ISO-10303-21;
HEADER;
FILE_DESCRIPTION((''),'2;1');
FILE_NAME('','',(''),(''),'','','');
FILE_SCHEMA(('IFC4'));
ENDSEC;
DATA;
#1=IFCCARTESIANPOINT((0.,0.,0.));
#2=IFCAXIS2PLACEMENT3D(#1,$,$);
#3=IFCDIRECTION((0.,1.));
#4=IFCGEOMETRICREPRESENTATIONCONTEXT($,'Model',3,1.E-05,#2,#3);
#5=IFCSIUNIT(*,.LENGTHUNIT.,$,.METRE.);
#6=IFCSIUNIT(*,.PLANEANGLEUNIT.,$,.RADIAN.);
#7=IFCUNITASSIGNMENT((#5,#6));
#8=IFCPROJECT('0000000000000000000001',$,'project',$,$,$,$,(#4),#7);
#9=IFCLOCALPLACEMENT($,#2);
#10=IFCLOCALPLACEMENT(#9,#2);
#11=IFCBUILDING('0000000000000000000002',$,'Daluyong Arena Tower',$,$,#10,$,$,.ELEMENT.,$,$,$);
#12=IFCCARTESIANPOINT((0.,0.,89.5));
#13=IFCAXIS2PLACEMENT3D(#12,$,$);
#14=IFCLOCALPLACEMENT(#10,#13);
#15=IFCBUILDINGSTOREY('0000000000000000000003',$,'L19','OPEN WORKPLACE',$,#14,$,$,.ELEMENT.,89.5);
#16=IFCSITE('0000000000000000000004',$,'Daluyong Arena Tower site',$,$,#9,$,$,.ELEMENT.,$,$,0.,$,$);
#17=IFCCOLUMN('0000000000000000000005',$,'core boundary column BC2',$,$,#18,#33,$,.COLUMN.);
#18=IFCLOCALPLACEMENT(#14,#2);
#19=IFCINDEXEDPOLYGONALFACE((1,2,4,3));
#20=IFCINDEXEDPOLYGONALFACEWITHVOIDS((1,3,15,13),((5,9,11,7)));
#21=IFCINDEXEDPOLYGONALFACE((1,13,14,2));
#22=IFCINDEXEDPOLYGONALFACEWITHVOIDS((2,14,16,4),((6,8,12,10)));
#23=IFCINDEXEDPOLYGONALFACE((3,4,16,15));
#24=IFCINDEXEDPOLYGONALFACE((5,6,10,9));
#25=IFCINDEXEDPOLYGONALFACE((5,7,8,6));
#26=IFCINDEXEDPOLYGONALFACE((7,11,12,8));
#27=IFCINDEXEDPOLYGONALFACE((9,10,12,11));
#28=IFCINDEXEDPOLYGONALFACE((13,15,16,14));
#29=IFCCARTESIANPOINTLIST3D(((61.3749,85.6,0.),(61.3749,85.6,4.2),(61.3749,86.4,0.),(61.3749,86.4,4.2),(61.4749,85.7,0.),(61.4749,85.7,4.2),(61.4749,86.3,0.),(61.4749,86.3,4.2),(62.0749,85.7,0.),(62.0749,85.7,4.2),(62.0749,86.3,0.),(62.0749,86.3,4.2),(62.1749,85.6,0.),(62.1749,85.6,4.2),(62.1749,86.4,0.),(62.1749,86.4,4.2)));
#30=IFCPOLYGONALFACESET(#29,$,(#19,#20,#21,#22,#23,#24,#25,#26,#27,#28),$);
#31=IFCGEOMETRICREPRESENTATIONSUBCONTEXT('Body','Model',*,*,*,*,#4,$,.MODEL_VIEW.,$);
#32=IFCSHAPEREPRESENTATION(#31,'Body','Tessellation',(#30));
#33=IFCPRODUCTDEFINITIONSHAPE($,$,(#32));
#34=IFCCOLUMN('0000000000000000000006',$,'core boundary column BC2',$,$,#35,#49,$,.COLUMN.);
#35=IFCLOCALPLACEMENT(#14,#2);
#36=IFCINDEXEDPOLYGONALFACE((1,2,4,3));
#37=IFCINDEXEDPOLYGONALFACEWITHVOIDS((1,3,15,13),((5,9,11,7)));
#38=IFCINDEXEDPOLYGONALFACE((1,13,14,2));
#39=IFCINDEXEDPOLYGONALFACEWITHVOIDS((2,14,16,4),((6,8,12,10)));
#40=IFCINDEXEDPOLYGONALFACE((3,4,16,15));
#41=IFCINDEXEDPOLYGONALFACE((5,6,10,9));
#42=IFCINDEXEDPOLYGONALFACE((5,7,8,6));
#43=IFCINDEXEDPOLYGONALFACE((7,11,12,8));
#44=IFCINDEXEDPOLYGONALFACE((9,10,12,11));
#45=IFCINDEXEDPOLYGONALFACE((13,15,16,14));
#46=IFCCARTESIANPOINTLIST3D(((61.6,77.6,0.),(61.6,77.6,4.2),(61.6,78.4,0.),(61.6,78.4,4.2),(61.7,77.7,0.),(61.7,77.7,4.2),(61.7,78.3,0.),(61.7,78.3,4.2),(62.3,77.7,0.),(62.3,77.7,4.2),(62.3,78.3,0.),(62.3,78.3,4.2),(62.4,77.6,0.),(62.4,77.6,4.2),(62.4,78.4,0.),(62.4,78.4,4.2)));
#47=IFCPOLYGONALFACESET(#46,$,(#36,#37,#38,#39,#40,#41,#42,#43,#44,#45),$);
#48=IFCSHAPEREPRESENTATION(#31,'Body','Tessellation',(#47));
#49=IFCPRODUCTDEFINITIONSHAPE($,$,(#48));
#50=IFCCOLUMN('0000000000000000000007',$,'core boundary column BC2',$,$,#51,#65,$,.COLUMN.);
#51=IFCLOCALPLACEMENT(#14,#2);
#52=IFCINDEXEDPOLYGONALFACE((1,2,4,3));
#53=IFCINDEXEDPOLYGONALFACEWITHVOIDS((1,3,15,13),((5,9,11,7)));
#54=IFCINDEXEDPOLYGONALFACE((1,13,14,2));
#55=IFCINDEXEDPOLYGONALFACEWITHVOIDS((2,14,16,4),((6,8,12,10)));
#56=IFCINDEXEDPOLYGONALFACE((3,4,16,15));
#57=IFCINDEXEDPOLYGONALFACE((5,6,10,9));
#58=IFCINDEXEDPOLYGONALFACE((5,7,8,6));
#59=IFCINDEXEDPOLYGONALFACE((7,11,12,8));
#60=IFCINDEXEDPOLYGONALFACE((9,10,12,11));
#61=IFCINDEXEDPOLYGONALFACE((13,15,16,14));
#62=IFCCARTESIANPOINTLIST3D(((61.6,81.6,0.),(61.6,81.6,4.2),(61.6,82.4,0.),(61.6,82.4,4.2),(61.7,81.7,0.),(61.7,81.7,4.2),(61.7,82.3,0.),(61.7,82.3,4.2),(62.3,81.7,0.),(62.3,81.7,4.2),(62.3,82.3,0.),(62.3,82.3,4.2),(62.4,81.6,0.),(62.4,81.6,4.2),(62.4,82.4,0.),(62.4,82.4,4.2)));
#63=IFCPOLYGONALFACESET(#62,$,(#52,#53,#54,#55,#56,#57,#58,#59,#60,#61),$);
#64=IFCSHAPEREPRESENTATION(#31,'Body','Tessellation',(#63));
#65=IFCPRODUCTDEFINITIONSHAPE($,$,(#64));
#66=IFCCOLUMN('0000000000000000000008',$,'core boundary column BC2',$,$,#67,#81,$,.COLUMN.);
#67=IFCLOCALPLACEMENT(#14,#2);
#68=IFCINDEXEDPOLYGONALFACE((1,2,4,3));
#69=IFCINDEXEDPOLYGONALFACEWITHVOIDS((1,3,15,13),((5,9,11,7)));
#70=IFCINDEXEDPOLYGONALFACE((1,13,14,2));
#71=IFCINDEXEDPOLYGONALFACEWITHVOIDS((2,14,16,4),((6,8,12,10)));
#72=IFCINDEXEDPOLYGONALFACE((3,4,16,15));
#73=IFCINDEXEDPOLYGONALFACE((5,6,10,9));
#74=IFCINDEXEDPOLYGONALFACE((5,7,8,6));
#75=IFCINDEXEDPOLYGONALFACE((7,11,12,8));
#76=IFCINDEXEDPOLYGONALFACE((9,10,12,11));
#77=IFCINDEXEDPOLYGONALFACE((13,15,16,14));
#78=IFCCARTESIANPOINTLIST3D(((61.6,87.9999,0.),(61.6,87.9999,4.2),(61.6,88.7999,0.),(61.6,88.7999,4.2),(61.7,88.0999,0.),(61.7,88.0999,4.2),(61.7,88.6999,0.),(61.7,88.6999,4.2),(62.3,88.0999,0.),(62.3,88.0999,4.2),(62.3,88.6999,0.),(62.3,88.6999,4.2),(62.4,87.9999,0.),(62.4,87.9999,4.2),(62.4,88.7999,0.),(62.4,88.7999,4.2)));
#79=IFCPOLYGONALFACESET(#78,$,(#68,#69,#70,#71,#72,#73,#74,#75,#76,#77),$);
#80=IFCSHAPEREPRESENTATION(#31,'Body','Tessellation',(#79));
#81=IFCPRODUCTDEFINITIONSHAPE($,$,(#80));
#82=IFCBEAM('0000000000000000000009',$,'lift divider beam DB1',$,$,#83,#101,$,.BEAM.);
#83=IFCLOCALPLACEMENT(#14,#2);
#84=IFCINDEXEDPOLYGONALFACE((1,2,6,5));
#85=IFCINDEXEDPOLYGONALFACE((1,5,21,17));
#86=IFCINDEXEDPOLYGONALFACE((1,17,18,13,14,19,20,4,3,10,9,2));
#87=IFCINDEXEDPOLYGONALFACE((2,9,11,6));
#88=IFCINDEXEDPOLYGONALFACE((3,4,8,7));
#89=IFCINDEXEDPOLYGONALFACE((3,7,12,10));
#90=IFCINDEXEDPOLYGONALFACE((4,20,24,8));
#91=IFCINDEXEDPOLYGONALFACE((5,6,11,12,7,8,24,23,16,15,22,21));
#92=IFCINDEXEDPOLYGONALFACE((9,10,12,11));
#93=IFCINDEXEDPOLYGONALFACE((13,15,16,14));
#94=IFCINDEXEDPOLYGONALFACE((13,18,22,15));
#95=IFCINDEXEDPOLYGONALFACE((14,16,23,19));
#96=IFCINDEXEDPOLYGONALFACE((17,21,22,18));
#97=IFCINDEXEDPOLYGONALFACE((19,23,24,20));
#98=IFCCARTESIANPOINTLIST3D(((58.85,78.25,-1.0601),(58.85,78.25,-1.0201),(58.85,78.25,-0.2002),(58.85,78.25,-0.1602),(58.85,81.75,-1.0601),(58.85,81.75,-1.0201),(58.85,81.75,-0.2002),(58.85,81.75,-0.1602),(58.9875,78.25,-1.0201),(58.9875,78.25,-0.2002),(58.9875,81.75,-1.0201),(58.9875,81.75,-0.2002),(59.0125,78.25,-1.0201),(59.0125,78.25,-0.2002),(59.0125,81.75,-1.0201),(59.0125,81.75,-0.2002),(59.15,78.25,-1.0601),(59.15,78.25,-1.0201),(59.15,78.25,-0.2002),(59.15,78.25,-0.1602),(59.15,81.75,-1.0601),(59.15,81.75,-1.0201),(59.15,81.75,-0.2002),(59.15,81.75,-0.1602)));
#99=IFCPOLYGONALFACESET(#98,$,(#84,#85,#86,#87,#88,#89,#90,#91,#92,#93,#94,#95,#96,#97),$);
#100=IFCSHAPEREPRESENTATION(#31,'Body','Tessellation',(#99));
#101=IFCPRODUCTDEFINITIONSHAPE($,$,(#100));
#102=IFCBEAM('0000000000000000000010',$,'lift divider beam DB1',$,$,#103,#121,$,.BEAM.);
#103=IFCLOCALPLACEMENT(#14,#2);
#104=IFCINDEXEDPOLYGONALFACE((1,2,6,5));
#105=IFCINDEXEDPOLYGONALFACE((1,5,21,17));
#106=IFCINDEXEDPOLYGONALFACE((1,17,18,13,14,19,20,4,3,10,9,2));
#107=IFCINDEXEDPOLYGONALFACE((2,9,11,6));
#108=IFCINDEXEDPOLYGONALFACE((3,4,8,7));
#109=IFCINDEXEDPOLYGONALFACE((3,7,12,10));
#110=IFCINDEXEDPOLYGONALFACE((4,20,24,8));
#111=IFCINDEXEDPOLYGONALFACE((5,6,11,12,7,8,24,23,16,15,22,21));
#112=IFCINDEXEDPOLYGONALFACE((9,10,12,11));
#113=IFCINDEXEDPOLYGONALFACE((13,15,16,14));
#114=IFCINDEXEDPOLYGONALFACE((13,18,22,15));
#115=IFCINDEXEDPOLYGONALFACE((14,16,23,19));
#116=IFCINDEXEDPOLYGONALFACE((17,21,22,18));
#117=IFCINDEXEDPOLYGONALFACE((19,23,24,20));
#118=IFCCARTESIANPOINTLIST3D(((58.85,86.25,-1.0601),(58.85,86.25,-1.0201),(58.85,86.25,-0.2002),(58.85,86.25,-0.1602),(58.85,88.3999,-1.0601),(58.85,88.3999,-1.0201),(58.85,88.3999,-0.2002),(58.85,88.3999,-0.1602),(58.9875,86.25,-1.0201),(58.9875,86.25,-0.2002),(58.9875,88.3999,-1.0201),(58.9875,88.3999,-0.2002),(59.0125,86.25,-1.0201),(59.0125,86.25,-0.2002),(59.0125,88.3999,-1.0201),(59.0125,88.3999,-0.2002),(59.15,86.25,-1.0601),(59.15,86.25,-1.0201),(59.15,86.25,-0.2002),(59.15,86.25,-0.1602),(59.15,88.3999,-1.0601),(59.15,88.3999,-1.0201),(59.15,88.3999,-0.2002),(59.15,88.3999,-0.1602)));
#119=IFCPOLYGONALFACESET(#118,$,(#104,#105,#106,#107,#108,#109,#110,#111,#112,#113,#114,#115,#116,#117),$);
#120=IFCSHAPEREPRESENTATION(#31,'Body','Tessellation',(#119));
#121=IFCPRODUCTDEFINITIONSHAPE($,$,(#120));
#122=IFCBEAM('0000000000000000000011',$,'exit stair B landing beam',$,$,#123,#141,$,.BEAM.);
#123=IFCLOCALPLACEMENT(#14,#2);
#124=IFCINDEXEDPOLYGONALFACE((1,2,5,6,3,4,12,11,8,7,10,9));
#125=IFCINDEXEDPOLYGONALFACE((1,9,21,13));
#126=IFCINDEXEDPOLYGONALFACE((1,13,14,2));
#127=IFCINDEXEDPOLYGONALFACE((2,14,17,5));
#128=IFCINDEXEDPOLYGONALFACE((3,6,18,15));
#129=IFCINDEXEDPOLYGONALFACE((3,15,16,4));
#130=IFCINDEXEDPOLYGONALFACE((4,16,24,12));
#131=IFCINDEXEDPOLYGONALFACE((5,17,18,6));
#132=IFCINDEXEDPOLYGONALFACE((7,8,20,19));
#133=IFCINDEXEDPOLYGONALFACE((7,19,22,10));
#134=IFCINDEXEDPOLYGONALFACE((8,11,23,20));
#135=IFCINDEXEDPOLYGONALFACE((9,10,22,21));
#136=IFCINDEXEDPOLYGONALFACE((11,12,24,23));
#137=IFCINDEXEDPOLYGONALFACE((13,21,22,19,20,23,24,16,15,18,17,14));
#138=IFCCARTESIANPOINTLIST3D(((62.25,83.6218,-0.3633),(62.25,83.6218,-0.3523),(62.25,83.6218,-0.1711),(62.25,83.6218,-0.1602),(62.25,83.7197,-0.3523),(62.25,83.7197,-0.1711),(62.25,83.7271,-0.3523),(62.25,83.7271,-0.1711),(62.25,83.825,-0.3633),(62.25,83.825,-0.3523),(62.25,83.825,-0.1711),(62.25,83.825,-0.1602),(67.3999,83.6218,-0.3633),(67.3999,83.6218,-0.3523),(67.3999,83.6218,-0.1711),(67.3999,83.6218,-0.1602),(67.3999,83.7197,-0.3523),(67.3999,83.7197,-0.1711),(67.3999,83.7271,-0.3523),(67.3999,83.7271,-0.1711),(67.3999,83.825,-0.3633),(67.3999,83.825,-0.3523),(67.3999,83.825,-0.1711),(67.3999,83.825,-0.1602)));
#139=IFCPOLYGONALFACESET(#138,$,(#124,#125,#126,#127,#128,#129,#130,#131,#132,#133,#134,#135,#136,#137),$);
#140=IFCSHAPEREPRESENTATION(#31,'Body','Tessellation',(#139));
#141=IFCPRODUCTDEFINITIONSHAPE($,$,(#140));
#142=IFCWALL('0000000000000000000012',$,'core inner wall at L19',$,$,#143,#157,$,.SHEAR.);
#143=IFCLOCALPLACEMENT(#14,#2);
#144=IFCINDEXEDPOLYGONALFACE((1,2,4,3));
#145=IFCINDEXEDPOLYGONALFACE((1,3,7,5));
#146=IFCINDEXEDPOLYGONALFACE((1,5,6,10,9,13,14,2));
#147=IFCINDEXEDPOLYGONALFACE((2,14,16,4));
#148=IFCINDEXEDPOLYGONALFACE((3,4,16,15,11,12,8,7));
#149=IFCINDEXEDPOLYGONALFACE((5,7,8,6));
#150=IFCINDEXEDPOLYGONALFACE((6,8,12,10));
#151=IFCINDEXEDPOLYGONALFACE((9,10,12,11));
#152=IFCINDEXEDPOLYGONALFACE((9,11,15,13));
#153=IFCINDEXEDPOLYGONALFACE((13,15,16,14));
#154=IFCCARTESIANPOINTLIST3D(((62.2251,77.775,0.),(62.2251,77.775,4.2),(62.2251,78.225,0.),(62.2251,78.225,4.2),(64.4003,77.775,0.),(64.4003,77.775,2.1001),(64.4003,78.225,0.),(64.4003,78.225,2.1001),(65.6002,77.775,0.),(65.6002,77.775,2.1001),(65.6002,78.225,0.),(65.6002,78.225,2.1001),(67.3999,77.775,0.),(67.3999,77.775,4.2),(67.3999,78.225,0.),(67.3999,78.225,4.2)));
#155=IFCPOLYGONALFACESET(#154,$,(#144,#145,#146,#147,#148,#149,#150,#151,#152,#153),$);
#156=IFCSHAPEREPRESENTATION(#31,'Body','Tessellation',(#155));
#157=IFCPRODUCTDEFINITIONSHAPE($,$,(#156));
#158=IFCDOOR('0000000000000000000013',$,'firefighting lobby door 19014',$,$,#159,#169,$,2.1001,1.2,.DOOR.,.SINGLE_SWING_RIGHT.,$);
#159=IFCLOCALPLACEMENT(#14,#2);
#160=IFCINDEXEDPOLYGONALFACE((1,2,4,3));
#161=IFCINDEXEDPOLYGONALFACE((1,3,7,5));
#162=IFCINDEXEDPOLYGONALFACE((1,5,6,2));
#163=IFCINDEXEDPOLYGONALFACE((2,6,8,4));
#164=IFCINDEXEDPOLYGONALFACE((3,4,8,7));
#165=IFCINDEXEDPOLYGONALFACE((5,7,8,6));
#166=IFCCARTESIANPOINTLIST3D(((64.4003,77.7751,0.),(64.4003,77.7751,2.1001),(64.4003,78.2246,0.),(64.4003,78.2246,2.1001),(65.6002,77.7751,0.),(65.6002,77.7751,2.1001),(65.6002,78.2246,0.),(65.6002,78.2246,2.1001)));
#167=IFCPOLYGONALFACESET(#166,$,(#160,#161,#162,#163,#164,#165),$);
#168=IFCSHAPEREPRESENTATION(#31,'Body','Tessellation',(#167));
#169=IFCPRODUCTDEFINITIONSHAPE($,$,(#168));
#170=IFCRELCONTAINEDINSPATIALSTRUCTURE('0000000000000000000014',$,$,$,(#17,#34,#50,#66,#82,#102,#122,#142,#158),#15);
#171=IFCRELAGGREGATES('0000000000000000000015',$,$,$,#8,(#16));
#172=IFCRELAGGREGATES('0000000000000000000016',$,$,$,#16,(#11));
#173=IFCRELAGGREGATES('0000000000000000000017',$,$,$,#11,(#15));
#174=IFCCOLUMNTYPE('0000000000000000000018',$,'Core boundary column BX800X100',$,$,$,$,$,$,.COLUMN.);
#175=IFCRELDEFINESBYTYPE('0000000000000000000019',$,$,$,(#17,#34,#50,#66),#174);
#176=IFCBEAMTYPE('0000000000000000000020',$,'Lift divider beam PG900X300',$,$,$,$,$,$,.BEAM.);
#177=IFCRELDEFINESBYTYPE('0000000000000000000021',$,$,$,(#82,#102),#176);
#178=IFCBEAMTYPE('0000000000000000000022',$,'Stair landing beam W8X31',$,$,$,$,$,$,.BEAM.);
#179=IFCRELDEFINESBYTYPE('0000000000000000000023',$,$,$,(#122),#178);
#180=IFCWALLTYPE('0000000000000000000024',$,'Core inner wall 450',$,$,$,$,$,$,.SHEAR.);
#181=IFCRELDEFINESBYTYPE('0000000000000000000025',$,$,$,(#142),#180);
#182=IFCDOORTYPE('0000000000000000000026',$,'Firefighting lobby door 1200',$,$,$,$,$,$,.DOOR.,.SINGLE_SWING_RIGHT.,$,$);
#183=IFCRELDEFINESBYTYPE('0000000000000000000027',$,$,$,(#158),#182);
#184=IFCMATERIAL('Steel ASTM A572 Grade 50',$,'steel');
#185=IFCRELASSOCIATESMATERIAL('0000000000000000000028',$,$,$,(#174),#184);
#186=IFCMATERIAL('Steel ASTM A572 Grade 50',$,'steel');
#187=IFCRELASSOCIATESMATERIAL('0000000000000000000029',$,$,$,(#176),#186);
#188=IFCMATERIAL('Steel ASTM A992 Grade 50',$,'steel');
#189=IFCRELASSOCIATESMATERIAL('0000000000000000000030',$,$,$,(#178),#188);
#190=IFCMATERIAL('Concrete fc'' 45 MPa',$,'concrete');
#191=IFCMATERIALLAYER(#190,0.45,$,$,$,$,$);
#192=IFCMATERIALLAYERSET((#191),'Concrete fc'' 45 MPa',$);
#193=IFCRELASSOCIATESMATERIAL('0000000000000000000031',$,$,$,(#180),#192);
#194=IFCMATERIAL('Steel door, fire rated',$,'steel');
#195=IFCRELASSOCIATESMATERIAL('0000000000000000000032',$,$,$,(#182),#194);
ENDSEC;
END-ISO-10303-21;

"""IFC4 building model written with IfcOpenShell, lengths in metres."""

from ifc_helpers import new_model, si_unit, direction, frame, frame_2d, origin, origin_2d, place, context, subcontext, project, spatial, rectangle, hollow_rectangle, i_section, extrude, material, layer, layer_set, material_profile, profile_set, type_object, element, fill, save


model = new_model("IFC4")

# Units and contexts
model_context = context("Model", 3, precision=1e-05, world=origin(), true_north=direction((0.0, 1.0)))
body_context = subcontext(model_context, "Body", "Model", "MODEL_VIEW")
ifc_project = project(units=[si_unit("LENGTHUNIT", "METRE"), si_unit("PLANEANGLEUNIT", "RADIAN")], contexts=[model_context])

# Site, building, storey
site_placement = place(None, origin())
site = spatial("IfcSite", under=ifc_project, at=site_placement, Name="Daluyong Arena Tower site", CompositionType="ELEMENT", RefElevation=0.0)
building_placement = place(site_placement, origin())
building = spatial("IfcBuilding", under=site, at=building_placement, Name="Daluyong Arena Tower", CompositionType="ELEMENT")
storey_placement = place(building_placement, frame((0.0, 0.0, 89.5)))
storey = spatial("IfcBuildingStorey", under=building, at=storey_placement, Name="L19", Description="OPEN WORKPLACE", CompositionType="ELEMENT", Elevation=89.5)

# Columns
ifc_material_1 = material(Name="Steel ASTM A572 Grade 50", Category="steel")
ifc_material_profile_1 = material_profile(ifc_material_1, hollow_rectangle(XDim=0.8, YDim=0.8, WallThickness=0.1, at=origin_2d()))
ifc_profile_set_1 = profile_set([ifc_material_profile_1], Name="Steel ASTM A572 Grade 50")
column_type = type_object("IfcColumnType", Name="Core boundary column BX800X100", PredefinedType="COLUMN", material=ifc_profile_set_1)
for number, where, z_axis, x_axis, name in (
    (1, (61.7749, 86.0, 0.0), (0.0, 0.0, 1.0), (1.0, 0.0, 0.0), "core boundary column BC2"),
    (2, (62.0, 78.0, 0.0), (0.0, 0.0, 1.0), (1.0, 0.0, 0.0), "core boundary column BC2"),
    (3, (62.0, 82.0, 0.0), (0.0, 0.0, 1.0), (1.0, 0.0, 0.0), "core boundary column BC2"),
    (4, (62.0, 88.3999, 0.0), (0.0, 0.0, 1.0), (1.0, 0.0, 0.0), "core boundary column BC2"),
):
    element("IfcColumn", number, at=place(storey_placement, frame(where, z_axis=z_axis, x_axis=x_axis)), inside=storey, type_object=column_type, Name=name, PredefinedType="COLUMN", context=body_context, shape_type="SweptSolid", body=[
        extrude(hollow_rectangle(XDim=0.8, YDim=0.8, WallThickness=0.1, at=origin_2d()), origin(), (0.0, 0.0, 1.0), 4.2),
    ])

# Beams
ifc_material_2 = material(Name="Steel ASTM A572 Grade 50", Category="steel")
ifc_material_profile_2 = material_profile(ifc_material_2, i_section(OverallWidth=0.3, OverallDepth=0.8999, WebThickness=0.025, FlangeThickness=0.04, at=origin_2d()))
ifc_profile_set_2 = profile_set([ifc_material_profile_2], Name="Steel ASTM A572 Grade 50")
beam_type_1 = type_object("IfcBeamType", Name="Lift divider beam PG900X300", PredefinedType="BEAM", material=ifc_profile_set_2)
beam_1_placement = place(storey_placement, frame((59.0, 78.25, -0.6101), z_axis=(0.0, 1.0, 0.0), x_axis=(-1.0, 0.0, 0.0)))
element("IfcBeam", 5, at=beam_1_placement, inside=storey, type_object=beam_type_1, Name="lift divider beam DB1", PredefinedType="BEAM", context=body_context, shape_type="SweptSolid", body=[
    extrude(i_section(OverallWidth=0.3, OverallDepth=0.8999, WebThickness=0.025, FlangeThickness=0.04, at=origin_2d()), origin(), (0.0, 0.0, 1.0), 3.5),
])
beam_2_placement = place(storey_placement, frame((59.0, 86.25, -0.6101), z_axis=(0.0, 1.0, 0.0), x_axis=(-1.0, 0.0, 0.0)))
element("IfcBeam", 6, at=beam_2_placement, inside=storey, type_object=beam_type_1, Name="lift divider beam DB1", PredefinedType="BEAM", context=body_context, shape_type="SweptSolid", body=[
    extrude(i_section(OverallWidth=0.3, OverallDepth=0.8999, WebThickness=0.025, FlangeThickness=0.04, at=origin_2d()), origin(), (0.0, 0.0, 1.0), 2.1499),
])
ifc_material_3 = material(Name="Steel ASTM A992 Grade 50", Category="steel")
ifc_material_profile_3 = material_profile(ifc_material_3, i_section(OverallWidth=0.2031, OverallDepth=0.2031, WebThickness=0.0073, FlangeThickness=0.011, at=origin_2d()))
ifc_profile_set_3 = profile_set([ifc_material_profile_3], Name="Steel ASTM A992 Grade 50")
beam_type_2 = type_object("IfcBeamType", Name="Stair landing beam W8X31", PredefinedType="BEAM", material=ifc_profile_set_3)
beam_3_placement = place(storey_placement, frame((62.25, 83.7234, -0.2617), z_axis=(1.0, 0.0, 0.0), x_axis=(0.0, 1.0, 0.0)))
element("IfcBeam", 7, at=beam_3_placement, inside=storey, type_object=beam_type_2, Name="exit stair B landing beam", PredefinedType="BEAM", context=body_context, shape_type="SweptSolid", body=[
    extrude(i_section(OverallWidth=0.2031, OverallDepth=0.2031, WebThickness=0.0073, FlangeThickness=0.011, at=origin_2d()), origin(), (0.0, 0.0, 1.0), 5.1499),
])

# Wall, opening, door
ifc_material_4 = material(Name="Concrete fc' 45 MPa", Category="concrete")
ifc_layer_1 = layer(ifc_material_4, 0.45)
ifc_layer_set_1 = layer_set([ifc_layer_1], Name="Concrete fc' 45 MPa")
wall_type_1 = type_object("IfcWallType", Name="Core inner wall 450", PredefinedType="SHEAR", material=ifc_layer_set_1)
wall_1_placement = place(storey_placement, frame((62.2251, 78.0, 0.0), z_axis=(0.0, 0.0, 1.0), x_axis=(1.0, 0.0, 0.0)))
wall_1 = element("IfcWall", 8, at=wall_1_placement, inside=storey, type_object=wall_type_1, Name="core inner wall at L19", PredefinedType="SHEAR", context=body_context, shape_type="SweptSolid", body=[
    extrude(rectangle(XDim=5.1748, YDim=0.45, at=frame_2d((2.5874, 0.0))), origin(), (0.0, 0.0, 1.0), 4.2),
])
opening_1_placement = place(wall_1_placement, frame((2.175, 0.0, 0.0)))
opening_1 = element("IfcOpeningElement", 9, at=opening_1_placement, cuts=wall_1, PredefinedType="OPENING", context=body_context, shape_type="SweptSolid", body=[
    extrude(rectangle(XDim=1.2, YDim=2.1001, at=frame_2d((0.6001, 1.05))), frame((0.0, 0.2349, 0.0), z_axis=(0.0, -1.0, 0.0), x_axis=(1.0, 0.0, 0.0)), (0.0, 0.0, 1.0), 0.47),
])
ifc_material_5 = material(Name="Steel door, fire rated", Category="steel")
door_type_1 = type_object("IfcDoorType", Name="Firefighting lobby door 1200", OperationType="SINGLE_SWING_RIGHT", PredefinedType="DOOR", material=ifc_material_5)
door_1_placement = place(opening_1_placement, origin())
door_1 = element("IfcDoor", 10, at=door_1_placement, inside=storey, type_object=door_type_1, Name="firefighting lobby door 19014", OperationType="SINGLE_SWING_RIGHT", OverallHeight=2.1001, OverallWidth=1.2, PredefinedType="DOOR", context=body_context, shape_type="SweptSolid", body=[
    extrude(rectangle(XDim=1.2, YDim=2.1001, at=frame_2d((0.6001, 1.05))), frame((0.0, 0.2246, 0.0), z_axis=(0.0, -1.0, 0.0), x_axis=(1.0, 0.0, 0.0)), (0.0, 0.0, 1.0), 0.4495),
])
fill(opening_1, door_1)

save(model, "model.ifc")
